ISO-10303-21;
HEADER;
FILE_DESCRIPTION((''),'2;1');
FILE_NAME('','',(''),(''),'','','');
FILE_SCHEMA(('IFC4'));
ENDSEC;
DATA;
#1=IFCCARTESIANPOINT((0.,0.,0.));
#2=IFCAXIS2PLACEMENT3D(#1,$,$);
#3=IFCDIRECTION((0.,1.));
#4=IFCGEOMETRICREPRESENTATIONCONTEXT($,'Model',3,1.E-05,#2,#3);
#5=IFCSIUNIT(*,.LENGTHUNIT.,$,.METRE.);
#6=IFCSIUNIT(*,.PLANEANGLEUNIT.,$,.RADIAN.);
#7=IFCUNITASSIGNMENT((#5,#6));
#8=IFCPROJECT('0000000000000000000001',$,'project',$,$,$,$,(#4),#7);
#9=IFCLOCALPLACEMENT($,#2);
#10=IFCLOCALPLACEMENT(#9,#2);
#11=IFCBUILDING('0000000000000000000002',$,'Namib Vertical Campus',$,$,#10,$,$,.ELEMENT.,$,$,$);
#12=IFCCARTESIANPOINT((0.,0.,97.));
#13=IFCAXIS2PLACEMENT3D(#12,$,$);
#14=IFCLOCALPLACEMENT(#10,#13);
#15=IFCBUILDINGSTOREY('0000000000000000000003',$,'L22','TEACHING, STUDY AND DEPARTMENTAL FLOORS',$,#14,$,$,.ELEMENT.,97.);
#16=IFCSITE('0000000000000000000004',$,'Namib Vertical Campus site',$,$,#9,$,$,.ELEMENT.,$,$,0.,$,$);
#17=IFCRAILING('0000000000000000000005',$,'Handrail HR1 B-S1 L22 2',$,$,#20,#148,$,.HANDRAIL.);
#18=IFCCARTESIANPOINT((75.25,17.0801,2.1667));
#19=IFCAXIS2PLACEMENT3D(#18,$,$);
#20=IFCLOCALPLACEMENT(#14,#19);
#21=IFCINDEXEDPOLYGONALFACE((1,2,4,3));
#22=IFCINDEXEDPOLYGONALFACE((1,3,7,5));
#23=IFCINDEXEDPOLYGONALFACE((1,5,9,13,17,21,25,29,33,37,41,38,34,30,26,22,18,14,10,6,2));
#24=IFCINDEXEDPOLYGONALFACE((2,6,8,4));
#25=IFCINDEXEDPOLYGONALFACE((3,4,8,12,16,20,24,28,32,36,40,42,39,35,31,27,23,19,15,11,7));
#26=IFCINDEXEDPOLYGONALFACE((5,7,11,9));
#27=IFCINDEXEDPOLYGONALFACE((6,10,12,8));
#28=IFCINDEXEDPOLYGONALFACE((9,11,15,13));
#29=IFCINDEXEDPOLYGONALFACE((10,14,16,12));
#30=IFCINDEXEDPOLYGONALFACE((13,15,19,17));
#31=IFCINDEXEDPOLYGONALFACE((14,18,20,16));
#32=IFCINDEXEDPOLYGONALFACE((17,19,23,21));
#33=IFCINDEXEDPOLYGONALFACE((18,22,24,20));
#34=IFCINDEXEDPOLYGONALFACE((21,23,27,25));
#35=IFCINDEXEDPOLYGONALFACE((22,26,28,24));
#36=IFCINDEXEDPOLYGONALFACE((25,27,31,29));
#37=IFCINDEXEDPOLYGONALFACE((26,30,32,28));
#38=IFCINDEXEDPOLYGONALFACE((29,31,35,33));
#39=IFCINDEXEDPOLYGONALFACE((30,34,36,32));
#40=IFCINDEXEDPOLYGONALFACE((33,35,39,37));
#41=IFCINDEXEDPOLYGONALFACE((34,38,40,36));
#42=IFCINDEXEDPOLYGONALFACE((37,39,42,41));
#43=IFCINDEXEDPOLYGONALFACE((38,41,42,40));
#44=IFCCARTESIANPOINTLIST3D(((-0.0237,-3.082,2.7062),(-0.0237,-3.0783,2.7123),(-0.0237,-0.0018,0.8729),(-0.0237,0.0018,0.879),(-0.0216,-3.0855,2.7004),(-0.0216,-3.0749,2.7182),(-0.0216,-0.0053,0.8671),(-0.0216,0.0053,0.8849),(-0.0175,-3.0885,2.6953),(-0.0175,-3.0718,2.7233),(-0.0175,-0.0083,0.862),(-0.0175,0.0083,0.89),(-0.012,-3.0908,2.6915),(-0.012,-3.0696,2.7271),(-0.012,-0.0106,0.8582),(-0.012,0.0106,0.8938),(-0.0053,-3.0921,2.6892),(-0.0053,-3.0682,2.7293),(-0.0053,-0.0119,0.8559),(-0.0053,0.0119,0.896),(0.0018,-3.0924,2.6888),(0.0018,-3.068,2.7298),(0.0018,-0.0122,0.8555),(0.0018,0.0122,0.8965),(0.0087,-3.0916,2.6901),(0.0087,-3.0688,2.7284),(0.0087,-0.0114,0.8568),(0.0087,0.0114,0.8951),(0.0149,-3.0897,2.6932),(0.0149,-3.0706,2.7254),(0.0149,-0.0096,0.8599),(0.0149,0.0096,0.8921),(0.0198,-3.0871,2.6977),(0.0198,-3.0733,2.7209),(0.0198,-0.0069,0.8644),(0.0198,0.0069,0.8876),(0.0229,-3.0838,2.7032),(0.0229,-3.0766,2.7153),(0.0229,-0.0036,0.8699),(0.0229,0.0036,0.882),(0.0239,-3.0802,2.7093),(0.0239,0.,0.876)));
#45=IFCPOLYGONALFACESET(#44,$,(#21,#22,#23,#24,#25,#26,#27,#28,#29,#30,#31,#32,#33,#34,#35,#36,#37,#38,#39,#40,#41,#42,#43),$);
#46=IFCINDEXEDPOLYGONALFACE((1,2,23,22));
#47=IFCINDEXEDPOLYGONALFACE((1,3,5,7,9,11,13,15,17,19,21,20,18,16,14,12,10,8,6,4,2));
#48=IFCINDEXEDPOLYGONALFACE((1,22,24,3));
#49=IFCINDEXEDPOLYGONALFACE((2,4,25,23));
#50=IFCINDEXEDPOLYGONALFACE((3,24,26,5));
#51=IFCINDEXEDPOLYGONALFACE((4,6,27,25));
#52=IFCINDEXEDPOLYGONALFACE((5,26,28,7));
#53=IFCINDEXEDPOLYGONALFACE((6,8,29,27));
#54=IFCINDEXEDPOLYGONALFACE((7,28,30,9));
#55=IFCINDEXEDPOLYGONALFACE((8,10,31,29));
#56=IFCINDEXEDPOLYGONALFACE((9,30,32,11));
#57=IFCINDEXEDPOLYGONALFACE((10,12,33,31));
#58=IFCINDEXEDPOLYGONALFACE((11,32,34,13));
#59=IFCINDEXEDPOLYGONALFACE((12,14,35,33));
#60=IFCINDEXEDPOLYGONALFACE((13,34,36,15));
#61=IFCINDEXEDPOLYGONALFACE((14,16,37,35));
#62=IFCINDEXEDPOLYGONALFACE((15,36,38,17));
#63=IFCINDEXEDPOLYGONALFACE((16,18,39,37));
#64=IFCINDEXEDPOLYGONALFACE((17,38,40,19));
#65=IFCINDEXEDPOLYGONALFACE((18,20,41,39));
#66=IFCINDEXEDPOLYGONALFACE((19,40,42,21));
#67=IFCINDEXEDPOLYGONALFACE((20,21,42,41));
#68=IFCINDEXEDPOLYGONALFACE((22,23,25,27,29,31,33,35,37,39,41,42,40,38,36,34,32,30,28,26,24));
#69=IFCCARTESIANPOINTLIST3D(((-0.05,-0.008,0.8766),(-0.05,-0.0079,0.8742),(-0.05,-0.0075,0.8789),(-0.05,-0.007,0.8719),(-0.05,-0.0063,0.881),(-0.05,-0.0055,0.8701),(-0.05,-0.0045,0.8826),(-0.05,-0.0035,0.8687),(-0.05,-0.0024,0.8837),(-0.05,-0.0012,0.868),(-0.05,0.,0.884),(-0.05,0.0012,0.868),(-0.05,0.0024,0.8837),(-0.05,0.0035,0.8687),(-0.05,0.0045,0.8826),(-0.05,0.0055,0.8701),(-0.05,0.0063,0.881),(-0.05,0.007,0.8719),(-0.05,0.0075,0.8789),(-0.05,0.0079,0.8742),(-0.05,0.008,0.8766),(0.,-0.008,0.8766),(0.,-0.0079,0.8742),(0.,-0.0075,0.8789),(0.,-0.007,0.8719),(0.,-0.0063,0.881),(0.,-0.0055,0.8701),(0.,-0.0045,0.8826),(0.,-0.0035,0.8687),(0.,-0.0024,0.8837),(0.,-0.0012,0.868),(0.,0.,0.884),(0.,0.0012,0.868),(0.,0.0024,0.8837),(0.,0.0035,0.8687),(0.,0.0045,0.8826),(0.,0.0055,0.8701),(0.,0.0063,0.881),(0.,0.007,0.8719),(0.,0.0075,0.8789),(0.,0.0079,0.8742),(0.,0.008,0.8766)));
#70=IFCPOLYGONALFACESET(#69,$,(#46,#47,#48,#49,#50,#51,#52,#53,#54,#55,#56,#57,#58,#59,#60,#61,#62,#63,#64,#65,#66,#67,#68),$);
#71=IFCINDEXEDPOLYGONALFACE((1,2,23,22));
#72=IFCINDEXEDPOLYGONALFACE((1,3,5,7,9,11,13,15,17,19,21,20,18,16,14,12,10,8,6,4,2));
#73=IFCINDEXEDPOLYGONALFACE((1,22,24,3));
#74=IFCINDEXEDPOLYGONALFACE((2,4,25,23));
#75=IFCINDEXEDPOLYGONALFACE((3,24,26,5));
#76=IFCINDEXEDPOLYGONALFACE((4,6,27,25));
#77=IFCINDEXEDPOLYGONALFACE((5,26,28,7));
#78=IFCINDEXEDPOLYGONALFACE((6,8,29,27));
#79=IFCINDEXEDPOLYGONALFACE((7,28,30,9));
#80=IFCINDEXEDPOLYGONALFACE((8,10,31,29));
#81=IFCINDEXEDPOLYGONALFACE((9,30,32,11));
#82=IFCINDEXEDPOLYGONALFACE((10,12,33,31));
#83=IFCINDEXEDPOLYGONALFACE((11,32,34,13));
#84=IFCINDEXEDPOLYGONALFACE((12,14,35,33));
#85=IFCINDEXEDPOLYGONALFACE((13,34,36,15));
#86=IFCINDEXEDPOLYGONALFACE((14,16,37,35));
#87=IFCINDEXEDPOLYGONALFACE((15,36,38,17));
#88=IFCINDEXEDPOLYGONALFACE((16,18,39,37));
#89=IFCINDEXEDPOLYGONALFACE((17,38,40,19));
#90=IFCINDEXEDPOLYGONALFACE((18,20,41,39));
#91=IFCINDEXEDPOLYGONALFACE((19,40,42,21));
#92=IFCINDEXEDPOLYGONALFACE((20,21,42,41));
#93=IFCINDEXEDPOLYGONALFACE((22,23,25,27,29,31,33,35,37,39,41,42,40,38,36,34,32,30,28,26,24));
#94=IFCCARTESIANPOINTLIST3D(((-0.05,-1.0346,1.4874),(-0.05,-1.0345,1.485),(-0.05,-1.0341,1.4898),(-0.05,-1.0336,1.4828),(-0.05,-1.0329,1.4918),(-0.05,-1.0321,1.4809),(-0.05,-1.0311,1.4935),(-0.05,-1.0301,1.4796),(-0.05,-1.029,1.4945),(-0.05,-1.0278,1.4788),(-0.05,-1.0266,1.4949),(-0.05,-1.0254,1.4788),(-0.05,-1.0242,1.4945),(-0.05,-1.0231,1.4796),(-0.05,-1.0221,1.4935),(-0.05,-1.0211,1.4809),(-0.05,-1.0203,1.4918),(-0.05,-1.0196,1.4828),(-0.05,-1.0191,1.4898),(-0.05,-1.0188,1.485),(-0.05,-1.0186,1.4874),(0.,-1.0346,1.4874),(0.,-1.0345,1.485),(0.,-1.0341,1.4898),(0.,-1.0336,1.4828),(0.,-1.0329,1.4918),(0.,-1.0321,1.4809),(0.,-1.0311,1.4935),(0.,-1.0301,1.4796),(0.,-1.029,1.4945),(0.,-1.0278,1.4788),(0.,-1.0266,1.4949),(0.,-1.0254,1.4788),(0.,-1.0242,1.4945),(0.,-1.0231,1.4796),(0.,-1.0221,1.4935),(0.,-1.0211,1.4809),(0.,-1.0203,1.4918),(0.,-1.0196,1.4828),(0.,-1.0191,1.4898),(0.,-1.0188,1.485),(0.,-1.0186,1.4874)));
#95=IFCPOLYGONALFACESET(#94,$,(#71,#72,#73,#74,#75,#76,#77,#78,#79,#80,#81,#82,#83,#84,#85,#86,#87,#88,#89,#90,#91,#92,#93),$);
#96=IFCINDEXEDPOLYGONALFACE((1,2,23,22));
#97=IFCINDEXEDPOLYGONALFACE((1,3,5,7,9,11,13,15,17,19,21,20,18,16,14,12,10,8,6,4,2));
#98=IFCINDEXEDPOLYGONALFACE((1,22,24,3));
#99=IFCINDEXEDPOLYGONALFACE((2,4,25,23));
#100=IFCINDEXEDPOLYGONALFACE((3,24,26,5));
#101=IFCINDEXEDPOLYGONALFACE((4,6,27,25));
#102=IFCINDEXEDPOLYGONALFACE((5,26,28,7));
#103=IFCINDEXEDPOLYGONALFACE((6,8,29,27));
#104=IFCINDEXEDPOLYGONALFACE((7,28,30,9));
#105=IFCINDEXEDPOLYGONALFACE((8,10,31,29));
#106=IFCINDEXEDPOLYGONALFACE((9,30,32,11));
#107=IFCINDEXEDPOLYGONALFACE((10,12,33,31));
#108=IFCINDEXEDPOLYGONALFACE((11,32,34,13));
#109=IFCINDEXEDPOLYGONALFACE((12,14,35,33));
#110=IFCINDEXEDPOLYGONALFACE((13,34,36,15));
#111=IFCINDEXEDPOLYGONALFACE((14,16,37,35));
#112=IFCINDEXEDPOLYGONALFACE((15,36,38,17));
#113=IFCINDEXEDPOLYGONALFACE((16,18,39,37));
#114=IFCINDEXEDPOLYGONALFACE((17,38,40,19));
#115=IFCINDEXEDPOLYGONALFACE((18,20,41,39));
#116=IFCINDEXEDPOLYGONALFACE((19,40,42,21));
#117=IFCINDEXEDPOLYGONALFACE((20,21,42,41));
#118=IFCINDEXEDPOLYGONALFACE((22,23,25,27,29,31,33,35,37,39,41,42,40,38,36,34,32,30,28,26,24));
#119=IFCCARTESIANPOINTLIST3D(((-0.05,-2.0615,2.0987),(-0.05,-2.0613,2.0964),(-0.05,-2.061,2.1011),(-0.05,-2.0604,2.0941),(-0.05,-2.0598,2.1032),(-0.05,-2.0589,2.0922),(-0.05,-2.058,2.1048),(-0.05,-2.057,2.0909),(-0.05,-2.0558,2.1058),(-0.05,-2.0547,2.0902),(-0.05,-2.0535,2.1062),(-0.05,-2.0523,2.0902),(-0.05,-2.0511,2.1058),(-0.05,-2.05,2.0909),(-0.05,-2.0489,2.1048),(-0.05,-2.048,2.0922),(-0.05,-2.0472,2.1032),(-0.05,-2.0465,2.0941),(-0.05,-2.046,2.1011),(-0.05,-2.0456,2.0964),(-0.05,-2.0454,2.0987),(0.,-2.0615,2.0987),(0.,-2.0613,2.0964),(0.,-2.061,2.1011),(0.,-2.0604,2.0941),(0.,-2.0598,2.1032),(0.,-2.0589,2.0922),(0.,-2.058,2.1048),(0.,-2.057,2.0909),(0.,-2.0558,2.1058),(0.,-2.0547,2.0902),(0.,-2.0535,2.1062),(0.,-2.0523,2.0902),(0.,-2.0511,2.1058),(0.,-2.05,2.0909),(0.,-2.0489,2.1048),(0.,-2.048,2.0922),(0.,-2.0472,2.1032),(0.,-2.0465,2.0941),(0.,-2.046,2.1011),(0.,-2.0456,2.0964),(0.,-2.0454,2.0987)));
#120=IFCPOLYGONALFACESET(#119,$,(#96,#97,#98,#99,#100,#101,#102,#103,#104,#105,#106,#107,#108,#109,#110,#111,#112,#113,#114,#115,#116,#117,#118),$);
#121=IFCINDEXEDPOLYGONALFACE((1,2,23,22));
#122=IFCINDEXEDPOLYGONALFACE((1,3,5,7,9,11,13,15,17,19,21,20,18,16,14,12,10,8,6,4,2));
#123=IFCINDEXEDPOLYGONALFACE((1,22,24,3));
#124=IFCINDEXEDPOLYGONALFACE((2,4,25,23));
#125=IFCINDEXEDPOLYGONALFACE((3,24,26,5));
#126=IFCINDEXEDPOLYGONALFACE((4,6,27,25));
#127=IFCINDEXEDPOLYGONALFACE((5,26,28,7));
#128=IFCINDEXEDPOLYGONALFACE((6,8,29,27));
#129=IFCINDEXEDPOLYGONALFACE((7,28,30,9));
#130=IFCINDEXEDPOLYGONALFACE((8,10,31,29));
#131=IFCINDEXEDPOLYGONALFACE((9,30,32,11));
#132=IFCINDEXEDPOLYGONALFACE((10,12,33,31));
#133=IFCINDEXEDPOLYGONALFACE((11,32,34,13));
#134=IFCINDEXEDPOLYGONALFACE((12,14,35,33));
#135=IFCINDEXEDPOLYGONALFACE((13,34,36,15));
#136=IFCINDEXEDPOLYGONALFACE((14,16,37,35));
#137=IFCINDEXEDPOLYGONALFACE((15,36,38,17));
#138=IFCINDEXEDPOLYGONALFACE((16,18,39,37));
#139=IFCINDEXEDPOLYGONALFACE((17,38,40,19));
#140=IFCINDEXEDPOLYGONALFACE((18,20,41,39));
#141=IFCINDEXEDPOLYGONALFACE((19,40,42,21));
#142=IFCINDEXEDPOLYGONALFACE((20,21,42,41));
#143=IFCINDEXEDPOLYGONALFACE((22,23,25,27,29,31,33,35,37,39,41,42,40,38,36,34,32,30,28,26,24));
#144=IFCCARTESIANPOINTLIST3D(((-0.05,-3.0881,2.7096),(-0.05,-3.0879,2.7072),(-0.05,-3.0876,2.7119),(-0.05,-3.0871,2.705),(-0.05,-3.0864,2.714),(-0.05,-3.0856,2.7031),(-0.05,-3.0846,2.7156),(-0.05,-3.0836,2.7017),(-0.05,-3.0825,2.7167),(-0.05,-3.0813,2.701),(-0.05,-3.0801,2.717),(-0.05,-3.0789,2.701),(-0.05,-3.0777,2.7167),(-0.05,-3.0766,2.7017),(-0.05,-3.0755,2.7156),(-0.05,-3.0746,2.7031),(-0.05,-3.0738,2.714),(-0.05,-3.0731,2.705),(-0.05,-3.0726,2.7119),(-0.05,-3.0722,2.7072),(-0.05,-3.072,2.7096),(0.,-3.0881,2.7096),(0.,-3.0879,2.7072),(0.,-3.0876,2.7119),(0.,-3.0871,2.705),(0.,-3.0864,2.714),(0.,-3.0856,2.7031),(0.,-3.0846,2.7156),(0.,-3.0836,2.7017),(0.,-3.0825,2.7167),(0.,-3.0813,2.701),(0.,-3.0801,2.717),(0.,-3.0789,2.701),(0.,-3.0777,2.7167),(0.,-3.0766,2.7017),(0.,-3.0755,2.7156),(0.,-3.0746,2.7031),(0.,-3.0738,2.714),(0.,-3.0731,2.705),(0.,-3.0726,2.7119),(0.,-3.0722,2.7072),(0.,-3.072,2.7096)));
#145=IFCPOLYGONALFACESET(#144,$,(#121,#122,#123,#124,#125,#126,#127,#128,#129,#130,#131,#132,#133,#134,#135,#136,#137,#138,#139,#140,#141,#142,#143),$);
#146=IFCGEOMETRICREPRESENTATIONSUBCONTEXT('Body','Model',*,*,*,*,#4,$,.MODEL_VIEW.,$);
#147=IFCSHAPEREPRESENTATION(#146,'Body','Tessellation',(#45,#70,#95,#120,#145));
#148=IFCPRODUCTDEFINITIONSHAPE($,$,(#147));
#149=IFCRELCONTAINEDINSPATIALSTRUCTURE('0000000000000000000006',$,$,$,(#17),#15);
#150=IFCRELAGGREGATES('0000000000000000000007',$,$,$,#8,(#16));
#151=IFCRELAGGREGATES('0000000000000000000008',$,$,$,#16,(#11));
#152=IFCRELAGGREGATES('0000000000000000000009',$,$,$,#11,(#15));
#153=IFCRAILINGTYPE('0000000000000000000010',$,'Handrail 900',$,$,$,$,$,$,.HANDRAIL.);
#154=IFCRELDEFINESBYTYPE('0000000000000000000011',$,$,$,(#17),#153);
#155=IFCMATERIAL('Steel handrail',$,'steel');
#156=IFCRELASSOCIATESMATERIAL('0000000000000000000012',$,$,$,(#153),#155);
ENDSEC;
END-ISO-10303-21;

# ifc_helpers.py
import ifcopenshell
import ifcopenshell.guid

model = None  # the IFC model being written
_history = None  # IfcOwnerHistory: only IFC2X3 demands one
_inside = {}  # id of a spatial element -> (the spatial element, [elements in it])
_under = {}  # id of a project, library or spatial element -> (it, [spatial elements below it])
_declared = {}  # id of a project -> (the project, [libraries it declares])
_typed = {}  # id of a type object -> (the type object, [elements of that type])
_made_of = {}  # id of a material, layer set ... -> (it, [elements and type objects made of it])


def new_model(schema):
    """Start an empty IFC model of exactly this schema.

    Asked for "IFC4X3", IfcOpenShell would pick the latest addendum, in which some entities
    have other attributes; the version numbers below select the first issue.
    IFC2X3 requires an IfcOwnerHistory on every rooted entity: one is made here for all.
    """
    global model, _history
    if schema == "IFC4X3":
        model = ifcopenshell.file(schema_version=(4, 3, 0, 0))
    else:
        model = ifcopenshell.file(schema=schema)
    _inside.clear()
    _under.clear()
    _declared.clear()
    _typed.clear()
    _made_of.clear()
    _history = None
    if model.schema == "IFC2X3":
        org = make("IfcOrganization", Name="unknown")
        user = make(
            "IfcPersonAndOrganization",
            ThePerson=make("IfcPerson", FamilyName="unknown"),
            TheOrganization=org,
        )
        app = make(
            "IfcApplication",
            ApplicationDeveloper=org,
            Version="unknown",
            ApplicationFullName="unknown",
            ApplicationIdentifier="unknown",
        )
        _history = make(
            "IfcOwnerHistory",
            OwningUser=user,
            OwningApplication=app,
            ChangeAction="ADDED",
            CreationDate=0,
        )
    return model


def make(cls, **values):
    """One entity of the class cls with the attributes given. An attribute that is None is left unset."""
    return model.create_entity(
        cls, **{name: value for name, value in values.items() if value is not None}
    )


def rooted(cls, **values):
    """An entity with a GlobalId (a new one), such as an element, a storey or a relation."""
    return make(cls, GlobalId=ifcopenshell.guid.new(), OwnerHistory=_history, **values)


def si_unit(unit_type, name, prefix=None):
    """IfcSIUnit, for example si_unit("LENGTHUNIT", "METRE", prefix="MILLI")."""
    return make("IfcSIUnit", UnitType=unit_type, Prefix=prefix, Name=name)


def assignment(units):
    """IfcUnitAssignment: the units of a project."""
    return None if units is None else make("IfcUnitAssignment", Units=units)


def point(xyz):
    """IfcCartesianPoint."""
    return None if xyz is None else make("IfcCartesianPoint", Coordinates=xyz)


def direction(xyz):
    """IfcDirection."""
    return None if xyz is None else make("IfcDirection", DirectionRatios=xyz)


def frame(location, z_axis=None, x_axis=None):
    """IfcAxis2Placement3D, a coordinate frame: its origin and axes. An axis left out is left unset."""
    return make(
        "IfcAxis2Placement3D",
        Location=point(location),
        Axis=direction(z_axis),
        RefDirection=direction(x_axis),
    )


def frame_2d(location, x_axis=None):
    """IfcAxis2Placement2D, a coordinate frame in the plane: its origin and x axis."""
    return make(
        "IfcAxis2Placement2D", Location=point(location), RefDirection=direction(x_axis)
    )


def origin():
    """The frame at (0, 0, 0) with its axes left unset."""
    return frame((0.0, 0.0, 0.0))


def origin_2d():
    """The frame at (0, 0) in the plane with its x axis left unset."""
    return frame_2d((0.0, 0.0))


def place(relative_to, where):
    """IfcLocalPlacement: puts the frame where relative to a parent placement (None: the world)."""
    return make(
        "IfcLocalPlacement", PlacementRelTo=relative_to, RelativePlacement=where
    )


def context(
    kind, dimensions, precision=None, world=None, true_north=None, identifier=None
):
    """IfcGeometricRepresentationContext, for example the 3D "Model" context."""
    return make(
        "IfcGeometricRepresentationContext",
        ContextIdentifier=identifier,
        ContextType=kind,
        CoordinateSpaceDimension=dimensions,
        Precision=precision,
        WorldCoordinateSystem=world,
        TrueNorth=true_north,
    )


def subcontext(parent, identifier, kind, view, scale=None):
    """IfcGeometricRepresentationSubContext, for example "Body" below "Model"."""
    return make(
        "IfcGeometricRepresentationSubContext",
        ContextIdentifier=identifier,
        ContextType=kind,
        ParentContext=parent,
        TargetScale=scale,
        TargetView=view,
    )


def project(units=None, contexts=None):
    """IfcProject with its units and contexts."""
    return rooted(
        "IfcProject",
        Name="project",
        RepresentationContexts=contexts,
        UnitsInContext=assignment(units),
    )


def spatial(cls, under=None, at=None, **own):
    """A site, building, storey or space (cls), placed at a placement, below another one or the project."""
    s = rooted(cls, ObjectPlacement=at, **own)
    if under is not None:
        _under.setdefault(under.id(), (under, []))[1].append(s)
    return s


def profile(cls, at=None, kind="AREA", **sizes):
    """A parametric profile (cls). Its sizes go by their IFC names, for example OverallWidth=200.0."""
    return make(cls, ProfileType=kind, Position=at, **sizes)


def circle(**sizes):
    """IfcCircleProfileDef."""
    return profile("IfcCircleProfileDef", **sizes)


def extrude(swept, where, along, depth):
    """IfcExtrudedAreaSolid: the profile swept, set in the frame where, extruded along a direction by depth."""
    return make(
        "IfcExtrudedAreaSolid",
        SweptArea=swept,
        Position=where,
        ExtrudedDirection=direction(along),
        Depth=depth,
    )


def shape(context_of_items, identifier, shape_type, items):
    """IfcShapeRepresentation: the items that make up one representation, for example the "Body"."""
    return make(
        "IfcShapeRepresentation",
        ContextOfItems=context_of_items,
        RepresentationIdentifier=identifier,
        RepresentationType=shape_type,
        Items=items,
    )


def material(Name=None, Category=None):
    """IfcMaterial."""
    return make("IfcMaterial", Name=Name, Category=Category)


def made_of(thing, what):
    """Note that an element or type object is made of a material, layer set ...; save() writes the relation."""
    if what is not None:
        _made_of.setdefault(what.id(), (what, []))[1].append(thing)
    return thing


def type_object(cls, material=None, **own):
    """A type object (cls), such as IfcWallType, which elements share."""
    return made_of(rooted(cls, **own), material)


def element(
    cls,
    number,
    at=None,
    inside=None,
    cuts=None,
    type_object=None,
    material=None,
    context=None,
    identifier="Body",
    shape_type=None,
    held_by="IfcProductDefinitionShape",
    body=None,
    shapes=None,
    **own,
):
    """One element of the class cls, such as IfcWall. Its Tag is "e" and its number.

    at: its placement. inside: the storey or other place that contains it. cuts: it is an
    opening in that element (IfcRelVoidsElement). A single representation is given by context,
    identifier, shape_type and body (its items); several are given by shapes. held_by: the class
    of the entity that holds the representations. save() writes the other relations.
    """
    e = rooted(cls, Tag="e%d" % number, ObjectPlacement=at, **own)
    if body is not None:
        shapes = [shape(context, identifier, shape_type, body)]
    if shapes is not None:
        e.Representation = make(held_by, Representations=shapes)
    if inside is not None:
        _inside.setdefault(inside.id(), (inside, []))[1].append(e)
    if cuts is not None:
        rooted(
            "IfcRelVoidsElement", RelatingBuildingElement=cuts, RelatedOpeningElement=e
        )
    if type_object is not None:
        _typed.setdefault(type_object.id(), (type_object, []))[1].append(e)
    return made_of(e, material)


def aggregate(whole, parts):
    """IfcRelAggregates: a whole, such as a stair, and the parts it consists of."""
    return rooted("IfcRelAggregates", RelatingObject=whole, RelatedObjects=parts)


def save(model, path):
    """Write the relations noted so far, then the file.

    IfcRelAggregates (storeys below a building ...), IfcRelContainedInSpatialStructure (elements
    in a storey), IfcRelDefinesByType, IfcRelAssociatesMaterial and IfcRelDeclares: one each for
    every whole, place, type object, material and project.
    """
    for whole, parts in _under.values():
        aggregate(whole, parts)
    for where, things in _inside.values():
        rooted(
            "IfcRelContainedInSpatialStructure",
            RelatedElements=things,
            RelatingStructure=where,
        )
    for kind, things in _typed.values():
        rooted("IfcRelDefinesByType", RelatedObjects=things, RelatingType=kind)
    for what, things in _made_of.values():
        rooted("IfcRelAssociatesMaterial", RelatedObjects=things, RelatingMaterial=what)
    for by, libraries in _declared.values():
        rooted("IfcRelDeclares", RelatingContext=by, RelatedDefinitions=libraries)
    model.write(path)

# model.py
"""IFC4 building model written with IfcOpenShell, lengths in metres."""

from ifc_helpers import new_model, si_unit, direction, frame, origin, origin_2d, place, context, subcontext, project, spatial, circle, extrude, material, type_object, element, save


model = new_model("IFC4")

# Units and contexts
model_context = context("Model", 3, precision=1e-05, world=origin(), true_north=direction((0.0, 1.0)))
body_context = subcontext(model_context, "Body", "Model", "MODEL_VIEW")
ifc_project = project(units=[si_unit("LENGTHUNIT", "METRE"), si_unit("PLANEANGLEUNIT", "RADIAN")], contexts=[model_context])

# Site, building, storey
site_placement = place(None, origin())
site = spatial("IfcSite", under=ifc_project, at=site_placement, Name="Namib Vertical Campus site", CompositionType="ELEMENT", RefElevation=0.0)
building_placement = place(site_placement, origin())
building = spatial("IfcBuilding", under=site, at=building_placement, Name="Namib Vertical Campus", CompositionType="ELEMENT")
storey_placement = place(building_placement, frame((0.0, 0.0, 97.0)))
storey = spatial("IfcBuildingStorey", under=building, at=storey_placement, Name="L22", Description="TEACHING, STUDY AND DEPARTMENTAL FLOORS", CompositionType="ELEMENT", Elevation=97.0)

# Railing
ifc_material_1 = material(Name="Steel handrail", Category="steel")
railing_type_1 = type_object("IfcRailingType", Name="Handrail 900", PredefinedType="HANDRAIL", material=ifc_material_1)
railing_1_placement = place(storey_placement, frame((75.25, 17.0801, 2.1667)))
element("IfcRailing", 1, at=railing_1_placement, inside=storey, type_object=railing_type_1, Name="Handrail HR1 B-S1 L22 2", PredefinedType="HANDRAIL", context=body_context, shape_type="SweptSolid", body=[
    extrude(circle(Radius=0.0239, at=origin_2d()), frame((0.0, 0.0, 0.876), z_axis=(0.0, -0.859309, 0.511458), x_axis=(1.0, 0.0, 0.0)), (0.0, 0.0, 1.0), 3.5845),
    extrude(circle(Radius=0.0081, at=origin_2d()), frame((0.0, 0.0, 0.876), z_axis=(-1.0, 0.0, 0.0), x_axis=(0.0, 0.0, 1.0)), (0.0, 0.0, 1.0), 0.05),
    extrude(circle(Radius=0.0081, at=origin_2d()), frame((0.0, -1.0266, 1.4868), z_axis=(-1.0, 0.0, 0.0), x_axis=(0.0, 0.0, 1.0)), (0.0, 0.0, 1.0), 0.05),
    extrude(circle(Radius=0.0081, at=origin_2d()), frame((0.0, -2.0535, 2.0981), z_axis=(-1.0, 0.0, 0.0), x_axis=(0.0, 0.0, 1.0)), (0.0, 0.0, 1.0), 0.05),
    extrude(circle(Radius=0.0081, at=origin_2d()), frame((0.0, -3.0801, 2.709), z_axis=(-1.0, 0.0, 0.0), x_axis=(0.0, 0.0, 1.0)), (0.0, 0.0, 1.0), 0.05),
])

save(model, "model.ifc")
